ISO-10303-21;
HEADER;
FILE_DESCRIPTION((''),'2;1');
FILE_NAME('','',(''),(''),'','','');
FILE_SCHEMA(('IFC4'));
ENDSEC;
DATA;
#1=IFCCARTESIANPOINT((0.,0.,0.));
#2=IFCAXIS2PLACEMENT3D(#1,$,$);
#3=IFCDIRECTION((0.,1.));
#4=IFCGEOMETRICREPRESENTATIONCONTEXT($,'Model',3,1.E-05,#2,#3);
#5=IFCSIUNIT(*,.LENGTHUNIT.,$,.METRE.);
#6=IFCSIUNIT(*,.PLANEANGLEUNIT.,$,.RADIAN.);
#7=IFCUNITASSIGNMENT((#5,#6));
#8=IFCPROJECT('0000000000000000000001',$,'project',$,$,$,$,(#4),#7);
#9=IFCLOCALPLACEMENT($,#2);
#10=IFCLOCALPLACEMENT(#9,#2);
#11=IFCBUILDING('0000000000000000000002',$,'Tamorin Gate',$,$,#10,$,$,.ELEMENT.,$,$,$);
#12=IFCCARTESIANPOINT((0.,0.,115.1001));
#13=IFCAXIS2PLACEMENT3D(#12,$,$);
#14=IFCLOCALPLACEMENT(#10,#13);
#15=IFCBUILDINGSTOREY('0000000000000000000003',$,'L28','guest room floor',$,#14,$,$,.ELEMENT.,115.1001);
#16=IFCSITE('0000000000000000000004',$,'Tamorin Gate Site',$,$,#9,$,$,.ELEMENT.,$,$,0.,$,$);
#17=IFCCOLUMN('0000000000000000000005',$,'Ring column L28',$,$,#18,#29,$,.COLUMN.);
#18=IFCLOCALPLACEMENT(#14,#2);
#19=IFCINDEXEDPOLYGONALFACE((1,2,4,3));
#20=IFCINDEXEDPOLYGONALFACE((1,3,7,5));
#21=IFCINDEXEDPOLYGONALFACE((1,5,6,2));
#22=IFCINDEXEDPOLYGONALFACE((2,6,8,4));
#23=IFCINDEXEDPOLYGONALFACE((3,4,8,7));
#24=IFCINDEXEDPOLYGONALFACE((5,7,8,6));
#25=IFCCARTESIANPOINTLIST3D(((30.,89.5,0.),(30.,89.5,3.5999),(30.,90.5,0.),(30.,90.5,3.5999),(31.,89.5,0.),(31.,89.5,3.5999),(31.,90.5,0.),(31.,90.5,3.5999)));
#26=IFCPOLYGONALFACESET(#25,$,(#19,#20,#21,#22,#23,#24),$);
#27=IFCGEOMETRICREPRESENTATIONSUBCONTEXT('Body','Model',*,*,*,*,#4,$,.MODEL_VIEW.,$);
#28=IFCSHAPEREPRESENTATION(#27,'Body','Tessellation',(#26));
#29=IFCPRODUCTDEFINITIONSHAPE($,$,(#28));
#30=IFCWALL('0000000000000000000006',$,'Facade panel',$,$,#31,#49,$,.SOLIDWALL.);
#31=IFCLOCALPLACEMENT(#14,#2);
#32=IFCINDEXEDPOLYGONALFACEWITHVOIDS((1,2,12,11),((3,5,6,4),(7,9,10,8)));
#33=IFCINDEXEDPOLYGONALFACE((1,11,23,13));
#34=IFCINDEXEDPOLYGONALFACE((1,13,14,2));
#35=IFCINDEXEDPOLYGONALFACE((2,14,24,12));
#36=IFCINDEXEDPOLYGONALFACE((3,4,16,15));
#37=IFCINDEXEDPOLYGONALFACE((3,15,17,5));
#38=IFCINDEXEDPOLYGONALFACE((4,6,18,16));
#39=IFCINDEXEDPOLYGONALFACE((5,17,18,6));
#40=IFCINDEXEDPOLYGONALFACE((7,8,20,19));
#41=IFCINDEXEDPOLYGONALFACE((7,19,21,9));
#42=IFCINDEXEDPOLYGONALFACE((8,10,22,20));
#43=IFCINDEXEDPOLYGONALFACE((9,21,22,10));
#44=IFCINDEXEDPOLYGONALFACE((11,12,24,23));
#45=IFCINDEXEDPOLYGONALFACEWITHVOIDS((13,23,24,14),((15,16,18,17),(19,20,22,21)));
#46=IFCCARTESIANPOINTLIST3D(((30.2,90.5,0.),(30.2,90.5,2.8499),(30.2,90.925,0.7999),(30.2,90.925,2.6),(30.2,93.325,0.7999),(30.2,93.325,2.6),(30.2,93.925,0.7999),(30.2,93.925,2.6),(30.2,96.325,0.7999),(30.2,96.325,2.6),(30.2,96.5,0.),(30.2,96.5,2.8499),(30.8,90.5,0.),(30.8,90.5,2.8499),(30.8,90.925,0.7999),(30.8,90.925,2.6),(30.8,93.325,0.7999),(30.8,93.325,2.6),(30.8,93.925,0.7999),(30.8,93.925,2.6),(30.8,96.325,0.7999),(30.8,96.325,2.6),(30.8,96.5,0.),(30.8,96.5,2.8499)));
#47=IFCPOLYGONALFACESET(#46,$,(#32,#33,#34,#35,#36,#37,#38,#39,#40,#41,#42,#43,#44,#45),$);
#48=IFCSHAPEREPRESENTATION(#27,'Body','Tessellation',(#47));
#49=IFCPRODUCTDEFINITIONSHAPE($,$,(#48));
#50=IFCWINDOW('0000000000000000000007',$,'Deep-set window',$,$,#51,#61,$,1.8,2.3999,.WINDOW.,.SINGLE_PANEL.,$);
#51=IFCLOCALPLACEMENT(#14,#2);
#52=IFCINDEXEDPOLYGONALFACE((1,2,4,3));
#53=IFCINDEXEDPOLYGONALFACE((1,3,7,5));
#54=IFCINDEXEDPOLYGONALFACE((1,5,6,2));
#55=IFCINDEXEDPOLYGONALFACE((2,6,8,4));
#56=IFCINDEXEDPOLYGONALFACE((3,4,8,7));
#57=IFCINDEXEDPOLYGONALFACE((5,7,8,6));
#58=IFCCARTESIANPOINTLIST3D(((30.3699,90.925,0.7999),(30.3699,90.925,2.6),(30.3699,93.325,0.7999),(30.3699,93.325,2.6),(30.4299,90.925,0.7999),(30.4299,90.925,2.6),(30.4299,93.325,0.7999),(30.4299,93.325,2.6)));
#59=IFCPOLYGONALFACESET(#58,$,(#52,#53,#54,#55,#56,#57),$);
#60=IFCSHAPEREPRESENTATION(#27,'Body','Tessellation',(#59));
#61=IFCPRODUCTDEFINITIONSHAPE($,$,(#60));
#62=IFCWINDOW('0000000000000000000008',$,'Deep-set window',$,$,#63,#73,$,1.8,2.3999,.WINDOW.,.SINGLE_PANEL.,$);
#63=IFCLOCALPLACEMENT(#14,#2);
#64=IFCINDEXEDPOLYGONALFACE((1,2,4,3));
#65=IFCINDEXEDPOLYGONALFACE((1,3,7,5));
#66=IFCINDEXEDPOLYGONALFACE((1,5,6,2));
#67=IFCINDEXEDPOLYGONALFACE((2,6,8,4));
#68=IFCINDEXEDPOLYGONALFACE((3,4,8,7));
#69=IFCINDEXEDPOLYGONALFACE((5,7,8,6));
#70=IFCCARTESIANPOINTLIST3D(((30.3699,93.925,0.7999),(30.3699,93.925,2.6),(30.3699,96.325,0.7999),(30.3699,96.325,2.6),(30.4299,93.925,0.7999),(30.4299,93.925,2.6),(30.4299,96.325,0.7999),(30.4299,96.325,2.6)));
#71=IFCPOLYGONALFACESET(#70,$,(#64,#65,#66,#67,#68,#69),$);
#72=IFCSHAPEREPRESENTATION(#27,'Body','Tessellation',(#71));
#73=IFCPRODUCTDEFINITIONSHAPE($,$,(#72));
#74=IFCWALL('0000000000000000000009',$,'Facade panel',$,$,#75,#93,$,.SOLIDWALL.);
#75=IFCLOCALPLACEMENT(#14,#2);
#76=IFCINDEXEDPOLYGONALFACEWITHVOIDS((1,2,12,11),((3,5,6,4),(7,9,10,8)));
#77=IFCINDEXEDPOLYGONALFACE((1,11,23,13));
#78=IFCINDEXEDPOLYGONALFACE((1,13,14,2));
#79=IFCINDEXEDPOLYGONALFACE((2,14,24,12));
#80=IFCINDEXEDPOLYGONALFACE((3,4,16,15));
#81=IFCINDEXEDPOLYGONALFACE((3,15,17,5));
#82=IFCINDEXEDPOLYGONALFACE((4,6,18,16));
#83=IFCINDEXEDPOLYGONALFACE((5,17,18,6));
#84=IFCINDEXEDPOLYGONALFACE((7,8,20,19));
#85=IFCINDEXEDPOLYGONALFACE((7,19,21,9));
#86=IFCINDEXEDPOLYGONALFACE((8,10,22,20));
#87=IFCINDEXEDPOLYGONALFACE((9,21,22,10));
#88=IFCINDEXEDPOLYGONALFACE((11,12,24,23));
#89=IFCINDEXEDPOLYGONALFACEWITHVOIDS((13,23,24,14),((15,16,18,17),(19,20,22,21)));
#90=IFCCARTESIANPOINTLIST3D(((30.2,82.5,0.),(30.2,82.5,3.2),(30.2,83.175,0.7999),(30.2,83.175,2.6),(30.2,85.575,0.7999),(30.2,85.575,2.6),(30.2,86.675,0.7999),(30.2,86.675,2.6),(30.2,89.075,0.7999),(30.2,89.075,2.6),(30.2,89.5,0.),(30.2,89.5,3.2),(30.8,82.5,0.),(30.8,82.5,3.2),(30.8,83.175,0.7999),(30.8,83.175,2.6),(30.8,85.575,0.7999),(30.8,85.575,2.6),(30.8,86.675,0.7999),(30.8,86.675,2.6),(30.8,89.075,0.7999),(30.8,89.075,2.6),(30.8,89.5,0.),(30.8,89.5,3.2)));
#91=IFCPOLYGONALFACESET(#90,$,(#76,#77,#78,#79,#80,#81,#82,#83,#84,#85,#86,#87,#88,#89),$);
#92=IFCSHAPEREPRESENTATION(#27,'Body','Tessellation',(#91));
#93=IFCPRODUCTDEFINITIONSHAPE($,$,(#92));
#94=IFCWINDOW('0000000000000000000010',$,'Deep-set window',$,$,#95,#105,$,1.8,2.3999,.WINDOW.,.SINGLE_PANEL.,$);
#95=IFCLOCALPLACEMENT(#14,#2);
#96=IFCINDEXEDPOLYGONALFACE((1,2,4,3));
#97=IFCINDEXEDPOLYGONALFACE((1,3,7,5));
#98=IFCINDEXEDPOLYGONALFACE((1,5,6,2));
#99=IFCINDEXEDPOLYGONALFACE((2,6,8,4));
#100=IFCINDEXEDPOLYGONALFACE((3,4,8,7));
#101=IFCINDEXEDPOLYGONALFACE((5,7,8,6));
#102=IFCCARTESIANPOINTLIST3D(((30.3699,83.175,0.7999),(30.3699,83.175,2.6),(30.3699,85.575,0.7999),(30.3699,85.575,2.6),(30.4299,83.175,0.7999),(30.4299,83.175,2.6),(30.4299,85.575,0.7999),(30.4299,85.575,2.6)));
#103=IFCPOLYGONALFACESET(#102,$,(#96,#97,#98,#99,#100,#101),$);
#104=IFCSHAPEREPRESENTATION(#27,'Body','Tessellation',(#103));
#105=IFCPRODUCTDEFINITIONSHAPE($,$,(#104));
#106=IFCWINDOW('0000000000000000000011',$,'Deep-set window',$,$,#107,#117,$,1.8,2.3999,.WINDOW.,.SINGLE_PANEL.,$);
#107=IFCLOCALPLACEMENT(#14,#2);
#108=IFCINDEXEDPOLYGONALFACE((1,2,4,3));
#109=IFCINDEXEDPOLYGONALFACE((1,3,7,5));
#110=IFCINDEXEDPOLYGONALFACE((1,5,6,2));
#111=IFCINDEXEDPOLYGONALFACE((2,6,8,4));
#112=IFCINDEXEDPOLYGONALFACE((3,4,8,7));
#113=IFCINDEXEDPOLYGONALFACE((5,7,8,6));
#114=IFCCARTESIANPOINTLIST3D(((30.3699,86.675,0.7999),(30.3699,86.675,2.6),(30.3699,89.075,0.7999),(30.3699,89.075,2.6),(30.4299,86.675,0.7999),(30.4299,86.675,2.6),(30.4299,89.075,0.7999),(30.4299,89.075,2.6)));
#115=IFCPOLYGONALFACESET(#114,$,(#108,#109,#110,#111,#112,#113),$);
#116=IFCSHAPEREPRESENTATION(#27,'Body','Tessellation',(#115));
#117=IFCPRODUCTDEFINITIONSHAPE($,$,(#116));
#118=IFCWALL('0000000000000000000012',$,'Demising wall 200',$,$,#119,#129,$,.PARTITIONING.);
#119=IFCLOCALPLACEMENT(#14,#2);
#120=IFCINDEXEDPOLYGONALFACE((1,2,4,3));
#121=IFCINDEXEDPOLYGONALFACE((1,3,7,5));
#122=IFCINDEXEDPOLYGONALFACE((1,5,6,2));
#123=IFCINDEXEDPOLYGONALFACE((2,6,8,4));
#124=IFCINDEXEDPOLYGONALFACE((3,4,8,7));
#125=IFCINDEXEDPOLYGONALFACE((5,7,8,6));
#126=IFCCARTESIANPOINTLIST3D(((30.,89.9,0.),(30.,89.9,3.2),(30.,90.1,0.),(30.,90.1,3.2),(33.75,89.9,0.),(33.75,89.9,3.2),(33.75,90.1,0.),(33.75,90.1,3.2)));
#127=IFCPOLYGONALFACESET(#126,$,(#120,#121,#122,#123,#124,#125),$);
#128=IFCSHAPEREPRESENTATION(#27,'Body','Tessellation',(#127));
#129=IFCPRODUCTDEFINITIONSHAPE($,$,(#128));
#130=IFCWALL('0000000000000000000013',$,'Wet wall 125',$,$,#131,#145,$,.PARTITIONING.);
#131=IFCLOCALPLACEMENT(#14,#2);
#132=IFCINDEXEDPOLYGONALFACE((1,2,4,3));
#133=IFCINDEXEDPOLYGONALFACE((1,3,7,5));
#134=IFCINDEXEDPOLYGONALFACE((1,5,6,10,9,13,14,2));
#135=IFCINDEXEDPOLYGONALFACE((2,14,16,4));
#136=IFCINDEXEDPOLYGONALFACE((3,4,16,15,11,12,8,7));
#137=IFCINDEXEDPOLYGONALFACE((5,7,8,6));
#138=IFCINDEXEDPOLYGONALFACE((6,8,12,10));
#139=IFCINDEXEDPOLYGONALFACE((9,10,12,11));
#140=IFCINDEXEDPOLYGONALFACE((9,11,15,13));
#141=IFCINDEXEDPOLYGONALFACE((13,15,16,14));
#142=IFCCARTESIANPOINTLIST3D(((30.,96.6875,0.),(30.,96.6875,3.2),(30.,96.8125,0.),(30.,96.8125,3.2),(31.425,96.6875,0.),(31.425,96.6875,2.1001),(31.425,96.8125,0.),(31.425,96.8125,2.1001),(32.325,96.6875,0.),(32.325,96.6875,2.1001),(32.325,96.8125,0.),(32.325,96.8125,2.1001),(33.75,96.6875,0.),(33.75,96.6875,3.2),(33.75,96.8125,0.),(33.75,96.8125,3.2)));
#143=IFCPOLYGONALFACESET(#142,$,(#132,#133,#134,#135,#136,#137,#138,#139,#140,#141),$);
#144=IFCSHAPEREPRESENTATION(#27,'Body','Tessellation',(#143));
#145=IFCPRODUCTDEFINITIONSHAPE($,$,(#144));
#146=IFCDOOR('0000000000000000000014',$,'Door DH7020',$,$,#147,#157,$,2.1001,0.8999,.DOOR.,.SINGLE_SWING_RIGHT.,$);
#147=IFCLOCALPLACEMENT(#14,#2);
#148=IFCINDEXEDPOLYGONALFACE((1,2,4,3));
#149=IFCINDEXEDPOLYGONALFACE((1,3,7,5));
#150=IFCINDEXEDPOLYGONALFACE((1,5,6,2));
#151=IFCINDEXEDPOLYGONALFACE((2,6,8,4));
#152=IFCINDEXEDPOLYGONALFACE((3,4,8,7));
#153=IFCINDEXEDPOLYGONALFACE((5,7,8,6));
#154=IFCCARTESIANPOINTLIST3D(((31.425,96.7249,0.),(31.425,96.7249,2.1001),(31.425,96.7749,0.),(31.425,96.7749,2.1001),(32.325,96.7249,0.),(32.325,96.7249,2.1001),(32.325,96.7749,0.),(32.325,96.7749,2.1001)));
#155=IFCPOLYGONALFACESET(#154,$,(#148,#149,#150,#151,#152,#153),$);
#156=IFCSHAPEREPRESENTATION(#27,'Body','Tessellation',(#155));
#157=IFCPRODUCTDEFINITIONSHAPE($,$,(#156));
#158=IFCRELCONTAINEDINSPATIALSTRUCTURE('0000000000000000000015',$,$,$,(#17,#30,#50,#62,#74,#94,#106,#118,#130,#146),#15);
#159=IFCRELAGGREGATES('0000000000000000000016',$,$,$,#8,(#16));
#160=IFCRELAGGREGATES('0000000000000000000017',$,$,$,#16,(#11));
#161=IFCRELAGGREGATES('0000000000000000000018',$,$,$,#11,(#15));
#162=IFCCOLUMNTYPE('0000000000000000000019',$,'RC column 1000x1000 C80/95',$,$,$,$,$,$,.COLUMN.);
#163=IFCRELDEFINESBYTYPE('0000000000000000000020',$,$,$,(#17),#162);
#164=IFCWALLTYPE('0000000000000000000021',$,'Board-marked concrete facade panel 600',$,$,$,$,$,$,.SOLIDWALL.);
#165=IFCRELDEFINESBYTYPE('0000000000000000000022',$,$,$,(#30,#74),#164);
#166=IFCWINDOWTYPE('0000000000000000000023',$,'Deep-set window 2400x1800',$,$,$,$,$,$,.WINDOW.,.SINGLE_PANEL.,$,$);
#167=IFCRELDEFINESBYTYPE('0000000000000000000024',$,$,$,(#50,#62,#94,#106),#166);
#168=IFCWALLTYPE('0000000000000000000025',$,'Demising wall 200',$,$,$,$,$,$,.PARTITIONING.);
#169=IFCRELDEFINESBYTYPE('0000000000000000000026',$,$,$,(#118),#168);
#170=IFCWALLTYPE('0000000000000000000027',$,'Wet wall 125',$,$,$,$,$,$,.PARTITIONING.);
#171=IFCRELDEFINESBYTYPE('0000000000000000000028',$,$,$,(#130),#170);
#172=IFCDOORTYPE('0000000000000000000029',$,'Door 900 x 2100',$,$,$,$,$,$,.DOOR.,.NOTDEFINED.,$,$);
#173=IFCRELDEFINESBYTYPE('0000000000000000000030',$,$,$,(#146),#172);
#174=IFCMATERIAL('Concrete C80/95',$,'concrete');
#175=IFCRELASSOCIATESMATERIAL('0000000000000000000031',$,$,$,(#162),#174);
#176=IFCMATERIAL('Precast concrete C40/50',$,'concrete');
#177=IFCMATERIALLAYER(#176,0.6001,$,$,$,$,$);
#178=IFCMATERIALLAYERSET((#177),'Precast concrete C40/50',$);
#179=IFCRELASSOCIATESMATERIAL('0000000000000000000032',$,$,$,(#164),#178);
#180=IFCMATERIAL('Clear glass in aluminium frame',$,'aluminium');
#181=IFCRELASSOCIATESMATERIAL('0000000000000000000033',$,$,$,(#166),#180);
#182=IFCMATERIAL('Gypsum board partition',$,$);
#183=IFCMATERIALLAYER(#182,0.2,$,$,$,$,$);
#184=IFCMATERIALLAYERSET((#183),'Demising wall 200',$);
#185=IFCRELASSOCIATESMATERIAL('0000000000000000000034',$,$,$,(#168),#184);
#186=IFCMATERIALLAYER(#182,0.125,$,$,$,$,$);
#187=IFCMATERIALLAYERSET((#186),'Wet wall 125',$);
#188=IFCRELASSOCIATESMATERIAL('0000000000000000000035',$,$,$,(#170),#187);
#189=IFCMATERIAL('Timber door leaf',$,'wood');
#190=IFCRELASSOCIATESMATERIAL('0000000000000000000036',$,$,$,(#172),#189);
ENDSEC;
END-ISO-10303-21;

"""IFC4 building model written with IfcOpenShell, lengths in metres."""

from ifc_helpers import new_model, si_unit, direction, frame, frame_2d, origin, origin_2d, place, context, subcontext, project, spatial, rectangle, extrude, material, layer, layer_set, material_profile, profile_set, type_object, element, fill, save


model = new_model("IFC4")

# Units and contexts
model_context = context("Model", 3, precision=1e-05, world=origin(), true_north=direction((0.0, 1.0)))
body_context = subcontext(model_context, "Body", "Model", "MODEL_VIEW")
ifc_project = project(units=[si_unit("LENGTHUNIT", "METRE"), si_unit("PLANEANGLEUNIT", "RADIAN")], contexts=[model_context])

# Site, building, storey
site_placement = place(None, origin())
site = spatial("IfcSite", under=ifc_project, at=site_placement, Name="Tamorin Gate Site", CompositionType="ELEMENT", RefElevation=0.0)
building_placement = place(site_placement, origin())
building = spatial("IfcBuilding", under=site, at=building_placement, Name="Tamorin Gate", CompositionType="ELEMENT")
storey_placement = place(building_placement, frame((0.0, 0.0, 115.1001)))
storey = spatial("IfcBuildingStorey", under=building, at=storey_placement, Name="L28", Description="guest room floor", CompositionType="ELEMENT", Elevation=115.1001)

# Column
ifc_material_1 = material(Name="Concrete C80/95", Category="concrete")
ifc_material_profile = material_profile(ifc_material_1, rectangle(XDim=1.0, YDim=1.0, at=origin_2d()), Name="RC 1000x1000")
ifc_profile_set = profile_set([ifc_material_profile], Name="Concrete C80/95")
column_type = type_object("IfcColumnType", Name="RC column 1000x1000 C80/95", PredefinedType="COLUMN", material=ifc_profile_set)
column_placement = place(storey_placement, frame((30.5, 90.0, 0.0), z_axis=(0.0, 0.0, 1.0), x_axis=(1.0, 0.0, 0.0)))
element("IfcColumn", 1, at=column_placement, inside=storey, type_object=column_type, Name="Ring column L28", PredefinedType="COLUMN", context=body_context, shape_type="SweptSolid", body=[
    extrude(rectangle(XDim=1.0, YDim=1.0, at=origin_2d()), origin(), (0.0, 0.0, 1.0), 3.5999),
])

# Walls, openings, windows
ifc_material_2 = material(Name="Precast concrete C40/50", Category="concrete")
ifc_layer_1 = layer(ifc_material_2, 0.6001)
ifc_layer_set_1 = layer_set([ifc_layer_1], Name="Precast concrete C40/50")
wall_type_1 = type_object("IfcWallType", Name="Board-marked concrete facade panel 600", PredefinedType="SOLIDWALL", material=ifc_layer_set_1)
wall_1_placement = place(storey_placement, frame((30.5, 96.5, 0.0), z_axis=(0.0, 0.0, 1.0), x_axis=(0.0, -1.0, 0.0)))
wall_1 = element("IfcWall", 2, at=wall_1_placement, inside=storey, type_object=wall_type_1, Name="Facade panel", PredefinedType="SOLIDWALL", context=body_context, shape_type="SweptSolid", body=[
    extrude(rectangle(XDim=6.0, YDim=0.6001, at=frame_2d((3.0, 0.0))), origin(), (0.0, 0.0, 1.0), 2.8499),
])
opening_1_placement = place(wall_1_placement, frame((3.175, 0.0, 0.8)))
opening_1 = element("IfcOpeningElement", 3, at=opening_1_placement, cuts=wall_1, PredefinedType="OPENING", context=body_context, shape_type="SweptSolid", body=[
    extrude(rectangle(XDim=2.3999, YDim=1.8, at=frame_2d((1.2, 0.8999))), frame((0.0, 0.3101, 0.0), z_axis=(0.0, -1.0, 0.0), x_axis=(1.0, 0.0, 0.0)), (0.0, 0.0, 1.0), 0.6201),
])
opening_2_placement = place(wall_1_placement, frame((0.175, 0.0, 0.8)))
opening_2 = element("IfcOpeningElement", 4, at=opening_2_placement, cuts=wall_1, PredefinedType="OPENING", context=body_context, shape_type="SweptSolid", body=[
    extrude(rectangle(XDim=2.3999, YDim=1.8, at=frame_2d((1.2, 0.8999))), frame((0.0, 0.3101, 0.0), z_axis=(0.0, -1.0, 0.0), x_axis=(1.0, 0.0, 0.0)), (0.0, 0.0, 1.0), 0.6201),
])
ifc_material_3 = material(Name="Clear glass in aluminium frame", Category="aluminium")
window_type = type_object("IfcWindowType", Name="Deep-set window 2400x1800", PartitioningType="SINGLE_PANEL", PredefinedType="WINDOW", material=ifc_material_3)
window_1_placement = place(opening_1_placement, origin())
window_1 = element("IfcWindow", 5, at=window_1_placement, inside=storey, type_object=window_type, Name="Deep-set window", OverallHeight=1.8, OverallWidth=2.3999, PartitioningType="SINGLE_PANEL", PredefinedType="WINDOW", context=body_context, shape_type="SweptSolid", body=[
    extrude(rectangle(XDim=2.3999, YDim=1.8, at=frame_2d((1.2, 0.8999))), frame((0.0, -0.0701, 0.0), z_axis=(0.0, -1.0, 0.0), x_axis=(1.0, 0.0, 0.0)), (0.0, 0.0, 1.0), 0.0601),
])
fill(opening_1, window_1)
window_2_placement = place(opening_2_placement, origin())
window_2 = element("IfcWindow", 6, at=window_2_placement, inside=storey, type_object=window_type, Name="Deep-set window", OverallHeight=1.8, OverallWidth=2.3999, PartitioningType="SINGLE_PANEL", PredefinedType="WINDOW", context=body_context, shape_type="SweptSolid", body=[
    extrude(rectangle(XDim=2.3999, YDim=1.8, at=frame_2d((1.2, 0.8999))), frame((0.0, -0.0701, 0.0), z_axis=(0.0, -1.0, 0.0), x_axis=(1.0, 0.0, 0.0)), (0.0, 0.0, 1.0), 0.0601),
])
fill(opening_2, window_2)
wall_2_placement = place(storey_placement, frame((30.5, 89.5, 0.0), z_axis=(0.0, 0.0, 1.0), x_axis=(0.0, -1.0, 0.0)))
wall_2 = element("IfcWall", 7, at=wall_2_placement, inside=storey, type_object=wall_type_1, Name="Facade panel", PredefinedType="SOLIDWALL", context=body_context, shape_type="SweptSolid", body=[
    extrude(rectangle(XDim=7.0, YDim=0.6001, at=frame_2d((3.5, 0.0))), origin(), (0.0, 0.0, 1.0), 3.2),
])
opening_3_placement = place(wall_2_placement, frame((3.925, 0.0, 0.8)))
opening_3 = element("IfcOpeningElement", 8, at=opening_3_placement, cuts=wall_2, PredefinedType="OPENING", context=body_context, shape_type="SweptSolid", body=[
    extrude(rectangle(XDim=2.3999, YDim=1.8, at=frame_2d((1.2, 0.8999))), frame((0.0, 0.3101, 0.0), z_axis=(0.0, -1.0, 0.0), x_axis=(1.0, 0.0, 0.0)), (0.0, 0.0, 1.0), 0.6201),
])
opening_4_placement = place(wall_2_placement, frame((0.425, 0.0, 0.8)))
opening_4 = element("IfcOpeningElement", 9, at=opening_4_placement, cuts=wall_2, PredefinedType="OPENING", context=body_context, shape_type="SweptSolid", body=[
    extrude(rectangle(XDim=2.3999, YDim=1.8, at=frame_2d((1.2, 0.8999))), frame((0.0, 0.3101, 0.0), z_axis=(0.0, -1.0, 0.0), x_axis=(1.0, 0.0, 0.0)), (0.0, 0.0, 1.0), 0.6201),
])
window_3_placement = place(opening_3_placement, origin())
window_3 = element("IfcWindow", 10, at=window_3_placement, inside=storey, type_object=window_type, Name="Deep-set window", OverallHeight=1.8, OverallWidth=2.3999, PartitioningType="SINGLE_PANEL", PredefinedType="WINDOW", context=body_context, shape_type="SweptSolid", body=[
    extrude(rectangle(XDim=2.3999, YDim=1.8, at=frame_2d((1.2, 0.8999))), frame((0.0, -0.0701, 0.0), z_axis=(0.0, -1.0, 0.0), x_axis=(1.0, 0.0, 0.0)), (0.0, 0.0, 1.0), 0.0601),
])
fill(opening_3, window_3)
window_4_placement = place(opening_4_placement, origin())
window_4 = element("IfcWindow", 11, at=window_4_placement, inside=storey, type_object=window_type, Name="Deep-set window", OverallHeight=1.8, OverallWidth=2.3999, PartitioningType="SINGLE_PANEL", PredefinedType="WINDOW", context=body_context, shape_type="SweptSolid", body=[
    extrude(rectangle(XDim=2.3999, YDim=1.8, at=frame_2d((1.2, 0.8999))), frame((0.0, -0.0701, 0.0), z_axis=(0.0, -1.0, 0.0), x_axis=(1.0, 0.0, 0.0)), (0.0, 0.0, 1.0), 0.0601),
])
fill(opening_4, window_4)

# Wall
ifc_material_4 = material(Name="Gypsum board partition")
ifc_layer_2 = layer(ifc_material_4, 0.2)
ifc_layer_set_2 = layer_set([ifc_layer_2], Name="Demising wall 200")
wall_type_2 = type_object("IfcWallType", Name="Demising wall 200", PredefinedType="PARTITIONING", material=ifc_layer_set_2)
wall_3_placement = place(storey_placement, frame((30.0, 90.0, 0.0), z_axis=(0.0, 0.0, 1.0), x_axis=(1.0, 0.0, 0.0)))
element("IfcWall", 12, at=wall_3_placement, inside=storey, type_object=wall_type_2, Name="Demising wall 200", PredefinedType="PARTITIONING", context=body_context, shape_type="SweptSolid", body=[
    extrude(rectangle(XDim=3.75, YDim=0.2, at=frame_2d((1.875, 0.0))), origin(), (0.0, 0.0, 1.0), 3.2),
])

# Wall, opening, door
ifc_layer_3 = layer(ifc_material_4, 0.125)
ifc_layer_set_3 = layer_set([ifc_layer_3], Name="Wet wall 125")
wall_type_3 = type_object("IfcWallType", Name="Wet wall 125", PredefinedType="PARTITIONING", material=ifc_layer_set_3)
wall_4_placement = place(storey_placement, frame((30.0, 96.75, 0.0), z_axis=(0.0, 0.0, 1.0), x_axis=(1.0, 0.0, 0.0)))
wall_4 = element("IfcWall", 13, at=wall_4_placement, inside=storey, type_object=wall_type_3, Name="Wet wall 125", PredefinedType="PARTITIONING", context=body_context, shape_type="SweptSolid", body=[
    extrude(rectangle(XDim=3.75, YDim=0.125, at=frame_2d((1.875, 0.0))), origin(), (0.0, 0.0, 1.0), 3.2),
])
opening_5_placement = place(wall_4_placement, frame((1.425, 0.0, 0.0)))
opening_5 = element("IfcOpeningElement", 14, at=opening_5_placement, cuts=wall_4, PredefinedType="OPENING", context=body_context, shape_type="SweptSolid", body=[
    extrude(rectangle(XDim=0.8999, YDim=2.1001, at=frame_2d((0.45, 1.05))), frame((0.0, 0.0725, 0.0), z_axis=(0.0, -1.0, 0.0), x_axis=(1.0, 0.0, 0.0)), (0.0, 0.0, 1.0), 0.145),
])
ifc_material_5 = material(Name="Timber door leaf", Category="wood")
door_type = type_object("IfcDoorType", Name="Door 900 x 2100", OperationType="NOTDEFINED", PredefinedType="DOOR", material=ifc_material_5)
door_placement = place(opening_5_placement, origin())
door = element("IfcDoor", 15, at=door_placement, inside=storey, type_object=door_type, Name="Door DH7020", OperationType="SINGLE_SWING_RIGHT", OverallHeight=2.1001, OverallWidth=0.8999, PredefinedType="DOOR", context=body_context, shape_type="SweptSolid", body=[
    extrude(rectangle(XDim=0.8999, YDim=2.1001, at=frame_2d((0.45, 1.05))), frame((0.0, 0.0249, 0.0), z_axis=(0.0, -1.0, 0.0), x_axis=(1.0, 0.0, 0.0)), (0.0, 0.0, 1.0), 0.05),
])
fill(opening_5, door)

save(model, "model.ifc")
